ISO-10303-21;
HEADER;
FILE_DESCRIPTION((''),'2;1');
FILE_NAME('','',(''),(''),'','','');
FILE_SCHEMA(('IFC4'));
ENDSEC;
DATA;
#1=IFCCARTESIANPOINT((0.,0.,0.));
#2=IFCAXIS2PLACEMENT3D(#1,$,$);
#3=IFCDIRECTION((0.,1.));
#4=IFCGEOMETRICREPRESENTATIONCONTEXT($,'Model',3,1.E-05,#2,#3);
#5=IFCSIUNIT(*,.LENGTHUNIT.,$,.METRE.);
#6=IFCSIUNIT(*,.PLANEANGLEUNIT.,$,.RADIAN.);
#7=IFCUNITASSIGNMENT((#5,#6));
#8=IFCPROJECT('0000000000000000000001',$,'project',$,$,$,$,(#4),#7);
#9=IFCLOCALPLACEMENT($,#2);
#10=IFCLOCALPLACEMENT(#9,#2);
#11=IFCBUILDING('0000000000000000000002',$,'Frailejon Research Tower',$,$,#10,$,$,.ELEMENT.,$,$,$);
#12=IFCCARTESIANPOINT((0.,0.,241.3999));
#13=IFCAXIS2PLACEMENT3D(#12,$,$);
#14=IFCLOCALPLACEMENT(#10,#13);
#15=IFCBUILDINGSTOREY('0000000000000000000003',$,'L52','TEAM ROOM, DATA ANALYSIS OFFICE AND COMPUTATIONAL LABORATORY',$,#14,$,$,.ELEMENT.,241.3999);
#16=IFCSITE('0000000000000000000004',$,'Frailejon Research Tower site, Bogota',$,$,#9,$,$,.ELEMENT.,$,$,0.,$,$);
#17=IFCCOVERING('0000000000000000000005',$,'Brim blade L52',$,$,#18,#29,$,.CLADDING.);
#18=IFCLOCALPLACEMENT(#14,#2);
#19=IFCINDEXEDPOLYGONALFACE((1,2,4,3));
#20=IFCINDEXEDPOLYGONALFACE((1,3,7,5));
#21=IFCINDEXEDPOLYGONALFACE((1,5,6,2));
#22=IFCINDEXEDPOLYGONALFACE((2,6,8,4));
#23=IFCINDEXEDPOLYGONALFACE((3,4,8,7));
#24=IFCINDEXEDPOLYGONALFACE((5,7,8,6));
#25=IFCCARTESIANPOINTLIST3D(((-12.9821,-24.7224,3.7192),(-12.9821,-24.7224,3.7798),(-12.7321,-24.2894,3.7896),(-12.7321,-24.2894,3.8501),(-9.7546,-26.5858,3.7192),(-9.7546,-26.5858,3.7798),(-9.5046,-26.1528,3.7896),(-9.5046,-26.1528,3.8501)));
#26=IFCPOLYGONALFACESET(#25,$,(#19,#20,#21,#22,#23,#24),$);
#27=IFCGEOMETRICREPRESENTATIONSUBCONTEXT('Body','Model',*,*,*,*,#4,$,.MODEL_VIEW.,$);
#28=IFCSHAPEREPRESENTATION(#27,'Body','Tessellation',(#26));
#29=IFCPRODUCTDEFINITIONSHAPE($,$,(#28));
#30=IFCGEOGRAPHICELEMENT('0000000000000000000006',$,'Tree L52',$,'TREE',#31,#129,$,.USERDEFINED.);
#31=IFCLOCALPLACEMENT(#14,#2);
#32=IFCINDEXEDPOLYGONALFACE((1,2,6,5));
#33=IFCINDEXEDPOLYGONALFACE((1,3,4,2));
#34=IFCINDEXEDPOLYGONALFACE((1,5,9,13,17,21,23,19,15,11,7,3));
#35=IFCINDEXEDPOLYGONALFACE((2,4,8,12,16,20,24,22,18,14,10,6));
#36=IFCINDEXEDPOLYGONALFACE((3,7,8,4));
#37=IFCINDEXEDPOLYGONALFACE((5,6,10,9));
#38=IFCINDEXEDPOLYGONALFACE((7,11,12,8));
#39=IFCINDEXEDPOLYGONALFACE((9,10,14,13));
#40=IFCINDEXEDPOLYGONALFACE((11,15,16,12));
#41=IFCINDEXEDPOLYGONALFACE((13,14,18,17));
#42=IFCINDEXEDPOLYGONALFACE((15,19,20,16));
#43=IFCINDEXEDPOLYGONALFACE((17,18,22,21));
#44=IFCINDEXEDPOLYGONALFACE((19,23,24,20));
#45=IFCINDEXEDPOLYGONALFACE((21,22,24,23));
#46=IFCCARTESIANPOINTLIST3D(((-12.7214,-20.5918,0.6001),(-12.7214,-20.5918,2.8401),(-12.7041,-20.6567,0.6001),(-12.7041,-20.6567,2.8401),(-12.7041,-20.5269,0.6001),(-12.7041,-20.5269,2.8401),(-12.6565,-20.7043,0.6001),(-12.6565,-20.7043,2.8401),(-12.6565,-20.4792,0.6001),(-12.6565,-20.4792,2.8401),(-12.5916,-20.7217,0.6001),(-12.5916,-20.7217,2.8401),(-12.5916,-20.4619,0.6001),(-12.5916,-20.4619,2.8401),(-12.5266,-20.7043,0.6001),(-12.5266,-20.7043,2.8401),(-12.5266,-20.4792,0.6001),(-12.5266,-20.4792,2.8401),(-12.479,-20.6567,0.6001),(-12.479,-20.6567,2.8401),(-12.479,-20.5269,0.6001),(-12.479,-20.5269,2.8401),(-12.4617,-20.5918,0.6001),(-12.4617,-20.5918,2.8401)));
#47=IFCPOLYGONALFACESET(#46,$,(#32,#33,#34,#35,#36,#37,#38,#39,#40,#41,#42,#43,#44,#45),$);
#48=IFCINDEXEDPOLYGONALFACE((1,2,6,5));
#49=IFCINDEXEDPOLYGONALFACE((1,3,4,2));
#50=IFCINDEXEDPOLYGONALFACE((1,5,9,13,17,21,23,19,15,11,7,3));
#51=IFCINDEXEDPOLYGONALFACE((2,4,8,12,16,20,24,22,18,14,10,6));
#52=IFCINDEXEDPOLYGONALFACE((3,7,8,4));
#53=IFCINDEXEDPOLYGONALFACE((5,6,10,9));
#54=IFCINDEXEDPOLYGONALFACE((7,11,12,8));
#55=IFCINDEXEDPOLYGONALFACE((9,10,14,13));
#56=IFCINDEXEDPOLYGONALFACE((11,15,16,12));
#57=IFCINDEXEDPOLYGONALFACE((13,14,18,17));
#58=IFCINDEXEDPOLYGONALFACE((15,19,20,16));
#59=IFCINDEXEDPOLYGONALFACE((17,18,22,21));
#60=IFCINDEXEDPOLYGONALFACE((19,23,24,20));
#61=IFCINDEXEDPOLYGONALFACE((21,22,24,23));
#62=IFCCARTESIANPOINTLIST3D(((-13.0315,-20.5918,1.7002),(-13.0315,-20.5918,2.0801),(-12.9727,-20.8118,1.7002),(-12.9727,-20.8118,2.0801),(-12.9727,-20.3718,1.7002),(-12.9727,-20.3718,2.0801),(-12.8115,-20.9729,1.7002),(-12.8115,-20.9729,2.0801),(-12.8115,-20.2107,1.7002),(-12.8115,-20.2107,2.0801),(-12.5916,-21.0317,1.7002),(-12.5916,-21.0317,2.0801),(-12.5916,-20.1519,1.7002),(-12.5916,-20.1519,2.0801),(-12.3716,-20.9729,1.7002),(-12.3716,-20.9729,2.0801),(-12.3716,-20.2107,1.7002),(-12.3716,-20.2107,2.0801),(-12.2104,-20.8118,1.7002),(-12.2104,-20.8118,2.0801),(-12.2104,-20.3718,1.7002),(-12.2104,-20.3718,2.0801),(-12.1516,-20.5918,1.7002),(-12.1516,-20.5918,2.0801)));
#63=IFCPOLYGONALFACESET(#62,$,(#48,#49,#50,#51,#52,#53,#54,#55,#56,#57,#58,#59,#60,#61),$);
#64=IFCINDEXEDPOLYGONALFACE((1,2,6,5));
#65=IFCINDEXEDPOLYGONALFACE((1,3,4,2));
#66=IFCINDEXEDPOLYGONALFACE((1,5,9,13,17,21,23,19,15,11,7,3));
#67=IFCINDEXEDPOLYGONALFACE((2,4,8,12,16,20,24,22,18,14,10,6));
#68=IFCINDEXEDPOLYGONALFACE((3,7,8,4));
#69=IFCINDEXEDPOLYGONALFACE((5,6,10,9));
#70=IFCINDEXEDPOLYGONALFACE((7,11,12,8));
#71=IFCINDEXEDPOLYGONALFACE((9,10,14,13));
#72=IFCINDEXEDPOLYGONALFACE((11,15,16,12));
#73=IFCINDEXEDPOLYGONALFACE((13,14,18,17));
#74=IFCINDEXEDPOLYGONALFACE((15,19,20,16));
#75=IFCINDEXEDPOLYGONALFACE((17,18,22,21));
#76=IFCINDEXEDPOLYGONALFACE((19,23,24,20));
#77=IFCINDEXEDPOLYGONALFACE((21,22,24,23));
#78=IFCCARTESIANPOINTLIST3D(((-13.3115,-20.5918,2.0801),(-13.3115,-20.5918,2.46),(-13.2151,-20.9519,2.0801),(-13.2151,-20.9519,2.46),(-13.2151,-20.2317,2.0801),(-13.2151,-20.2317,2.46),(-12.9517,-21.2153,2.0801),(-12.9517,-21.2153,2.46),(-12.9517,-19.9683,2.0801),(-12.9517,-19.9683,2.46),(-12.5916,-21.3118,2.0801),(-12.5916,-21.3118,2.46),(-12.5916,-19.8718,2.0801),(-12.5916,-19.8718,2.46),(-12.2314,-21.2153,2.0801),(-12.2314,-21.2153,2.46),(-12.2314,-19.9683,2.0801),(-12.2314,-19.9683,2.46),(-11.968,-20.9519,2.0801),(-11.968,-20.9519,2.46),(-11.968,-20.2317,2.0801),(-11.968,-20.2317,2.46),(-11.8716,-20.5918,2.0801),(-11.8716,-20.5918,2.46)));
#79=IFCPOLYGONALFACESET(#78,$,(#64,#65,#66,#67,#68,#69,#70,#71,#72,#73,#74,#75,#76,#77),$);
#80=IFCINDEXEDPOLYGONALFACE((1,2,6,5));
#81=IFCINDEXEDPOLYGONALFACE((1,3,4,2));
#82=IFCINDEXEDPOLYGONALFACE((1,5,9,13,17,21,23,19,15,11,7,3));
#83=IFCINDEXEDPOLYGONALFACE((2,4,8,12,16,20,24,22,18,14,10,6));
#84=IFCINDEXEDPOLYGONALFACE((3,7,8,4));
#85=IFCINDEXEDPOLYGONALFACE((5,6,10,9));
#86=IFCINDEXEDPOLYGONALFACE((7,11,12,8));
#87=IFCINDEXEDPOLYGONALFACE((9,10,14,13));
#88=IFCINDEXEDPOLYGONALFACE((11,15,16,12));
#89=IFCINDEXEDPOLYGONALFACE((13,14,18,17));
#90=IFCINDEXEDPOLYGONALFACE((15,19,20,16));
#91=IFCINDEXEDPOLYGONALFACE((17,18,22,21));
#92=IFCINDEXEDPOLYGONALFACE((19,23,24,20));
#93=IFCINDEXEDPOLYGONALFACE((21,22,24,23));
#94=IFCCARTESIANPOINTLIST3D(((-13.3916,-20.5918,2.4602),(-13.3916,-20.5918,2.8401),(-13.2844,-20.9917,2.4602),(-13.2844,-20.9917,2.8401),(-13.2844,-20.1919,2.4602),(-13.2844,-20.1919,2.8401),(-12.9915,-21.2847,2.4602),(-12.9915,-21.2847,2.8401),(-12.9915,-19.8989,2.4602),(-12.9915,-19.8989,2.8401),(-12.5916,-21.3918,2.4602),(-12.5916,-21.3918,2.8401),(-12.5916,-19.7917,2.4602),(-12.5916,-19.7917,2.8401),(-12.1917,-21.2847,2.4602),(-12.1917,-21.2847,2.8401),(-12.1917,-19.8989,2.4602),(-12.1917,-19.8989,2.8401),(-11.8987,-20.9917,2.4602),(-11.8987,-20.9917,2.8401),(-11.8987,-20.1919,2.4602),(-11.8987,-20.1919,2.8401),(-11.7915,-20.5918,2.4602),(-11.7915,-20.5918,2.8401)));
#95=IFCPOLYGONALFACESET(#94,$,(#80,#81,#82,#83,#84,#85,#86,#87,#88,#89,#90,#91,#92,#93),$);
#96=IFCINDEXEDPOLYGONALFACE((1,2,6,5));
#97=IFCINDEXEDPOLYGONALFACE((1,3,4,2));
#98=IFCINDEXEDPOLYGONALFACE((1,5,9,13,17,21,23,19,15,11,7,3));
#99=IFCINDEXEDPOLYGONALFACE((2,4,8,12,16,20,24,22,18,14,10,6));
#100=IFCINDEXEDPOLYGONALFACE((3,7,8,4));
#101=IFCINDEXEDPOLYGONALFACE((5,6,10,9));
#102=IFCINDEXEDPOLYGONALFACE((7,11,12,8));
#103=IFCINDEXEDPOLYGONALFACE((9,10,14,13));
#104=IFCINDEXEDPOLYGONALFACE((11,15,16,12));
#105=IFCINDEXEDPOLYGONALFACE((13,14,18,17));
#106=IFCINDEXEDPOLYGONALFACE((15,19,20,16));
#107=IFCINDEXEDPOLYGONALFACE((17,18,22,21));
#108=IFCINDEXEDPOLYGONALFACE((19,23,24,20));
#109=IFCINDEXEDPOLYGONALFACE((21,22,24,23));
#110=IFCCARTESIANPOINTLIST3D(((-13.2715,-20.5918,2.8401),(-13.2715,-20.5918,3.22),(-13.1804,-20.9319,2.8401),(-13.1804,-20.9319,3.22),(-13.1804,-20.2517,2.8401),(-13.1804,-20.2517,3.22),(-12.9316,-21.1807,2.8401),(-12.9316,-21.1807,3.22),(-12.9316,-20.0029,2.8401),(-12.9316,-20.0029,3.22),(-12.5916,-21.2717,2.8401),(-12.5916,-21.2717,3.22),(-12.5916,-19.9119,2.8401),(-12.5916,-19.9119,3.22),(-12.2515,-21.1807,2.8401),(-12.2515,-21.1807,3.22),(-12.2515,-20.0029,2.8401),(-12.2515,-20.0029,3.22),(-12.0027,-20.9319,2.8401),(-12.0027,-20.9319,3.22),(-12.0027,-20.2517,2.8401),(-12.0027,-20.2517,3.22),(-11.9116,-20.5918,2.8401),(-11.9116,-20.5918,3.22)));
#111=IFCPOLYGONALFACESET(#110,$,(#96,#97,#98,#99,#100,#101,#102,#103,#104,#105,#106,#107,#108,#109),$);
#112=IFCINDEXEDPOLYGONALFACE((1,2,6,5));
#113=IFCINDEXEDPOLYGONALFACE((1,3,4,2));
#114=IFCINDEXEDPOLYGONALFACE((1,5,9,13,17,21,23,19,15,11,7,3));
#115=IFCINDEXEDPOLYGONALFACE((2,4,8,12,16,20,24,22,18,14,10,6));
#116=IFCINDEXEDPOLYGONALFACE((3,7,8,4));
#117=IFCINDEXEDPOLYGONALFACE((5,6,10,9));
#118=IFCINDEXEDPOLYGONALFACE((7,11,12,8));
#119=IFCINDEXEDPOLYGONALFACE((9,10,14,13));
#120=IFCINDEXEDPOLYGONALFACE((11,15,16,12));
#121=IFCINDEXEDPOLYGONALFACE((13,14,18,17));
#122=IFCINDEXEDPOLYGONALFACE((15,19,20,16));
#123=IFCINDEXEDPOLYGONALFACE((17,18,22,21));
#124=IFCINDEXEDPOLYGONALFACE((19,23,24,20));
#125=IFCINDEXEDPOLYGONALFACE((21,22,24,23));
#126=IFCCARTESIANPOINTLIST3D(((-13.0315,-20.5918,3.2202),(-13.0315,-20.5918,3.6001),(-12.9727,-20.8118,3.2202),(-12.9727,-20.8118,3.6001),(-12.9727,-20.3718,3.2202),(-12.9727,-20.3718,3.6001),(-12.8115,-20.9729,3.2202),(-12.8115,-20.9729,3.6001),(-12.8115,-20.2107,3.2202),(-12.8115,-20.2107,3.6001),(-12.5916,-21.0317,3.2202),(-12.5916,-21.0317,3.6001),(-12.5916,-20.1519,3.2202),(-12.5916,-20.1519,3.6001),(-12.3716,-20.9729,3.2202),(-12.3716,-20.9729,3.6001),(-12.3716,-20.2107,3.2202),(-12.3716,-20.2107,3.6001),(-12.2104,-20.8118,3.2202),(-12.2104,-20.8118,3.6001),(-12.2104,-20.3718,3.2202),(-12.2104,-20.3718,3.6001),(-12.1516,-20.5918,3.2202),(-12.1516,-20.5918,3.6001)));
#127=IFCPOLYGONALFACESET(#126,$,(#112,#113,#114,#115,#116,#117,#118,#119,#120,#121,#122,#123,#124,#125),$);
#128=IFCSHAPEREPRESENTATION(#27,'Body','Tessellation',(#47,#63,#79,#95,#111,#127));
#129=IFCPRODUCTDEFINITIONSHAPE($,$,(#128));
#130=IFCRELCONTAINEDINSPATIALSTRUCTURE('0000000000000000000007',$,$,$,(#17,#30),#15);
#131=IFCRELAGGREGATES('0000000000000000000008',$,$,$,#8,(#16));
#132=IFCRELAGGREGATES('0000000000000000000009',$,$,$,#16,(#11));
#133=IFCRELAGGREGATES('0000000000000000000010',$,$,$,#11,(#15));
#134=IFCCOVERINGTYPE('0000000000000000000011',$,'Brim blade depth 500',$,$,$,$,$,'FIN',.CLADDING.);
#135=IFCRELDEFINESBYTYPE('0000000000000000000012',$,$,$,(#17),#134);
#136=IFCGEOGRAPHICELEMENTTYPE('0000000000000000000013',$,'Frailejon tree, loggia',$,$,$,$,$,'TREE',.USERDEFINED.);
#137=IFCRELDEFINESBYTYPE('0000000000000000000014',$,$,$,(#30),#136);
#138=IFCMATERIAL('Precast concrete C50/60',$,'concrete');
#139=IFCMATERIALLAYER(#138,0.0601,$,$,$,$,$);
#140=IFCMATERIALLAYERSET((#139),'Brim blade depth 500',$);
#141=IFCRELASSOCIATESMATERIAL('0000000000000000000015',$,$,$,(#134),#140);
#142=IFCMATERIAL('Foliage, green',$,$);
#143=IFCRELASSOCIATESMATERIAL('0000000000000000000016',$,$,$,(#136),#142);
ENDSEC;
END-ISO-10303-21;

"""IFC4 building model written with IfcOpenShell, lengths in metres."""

from ifc_helpers import new_model, si_unit, direction, frame, origin, place, context, subcontext, project, spatial, polyline, outline, extrude, material, layer, layer_set, type_object, element, save


model = new_model("IFC4")

# Units and contexts
model_context = context("Model", 3, precision=1e-05, world=origin(), true_north=direction((0.0, 1.0)))
body_context = subcontext(model_context, "Body", "Model", "MODEL_VIEW")
ifc_project = project(units=[si_unit("LENGTHUNIT", "METRE"), si_unit("PLANEANGLEUNIT", "RADIAN")], contexts=[model_context])

# Site, building, storey
site_placement = place(None, origin())
site = spatial("IfcSite", under=ifc_project, at=site_placement, Name="Frailejon Research Tower site, Bogota", CompositionType="ELEMENT", RefElevation=0.0)
building_placement = place(site_placement, origin())
building = spatial("IfcBuilding", under=site, at=building_placement, Name="Frailejon Research Tower", CompositionType="ELEMENT")
storey_placement = place(building_placement, frame((0.0, 0.0, 241.3999)))
storey = spatial("IfcBuildingStorey", under=building, at=storey_placement, Name="L52", Description="TEAM ROOM, DATA ANALYSIS OFFICE AND COMPUTATIONAL LABORATORY", CompositionType="ELEMENT", Elevation=241.3999)

# Covering
ifc_material_1 = material(Name="Precast concrete C50/60", Category="concrete")
ifc_layer_1 = layer(ifc_material_1, 0.0601)
ifc_layer_set_1 = layer_set([ifc_layer_1], Name="Brim blade depth 500")
covering_type_1 = type_object("IfcCoveringType", Name="Brim blade depth 500", ElementType="FIN", PredefinedType="CLADDING", material=ifc_layer_set_1)
covering_placement = place(storey_placement, frame((-9.5046, -26.1528, 3.8501), z_axis=(-0.866018, 0.500012, 0.0), x_axis=(-0.500012, -0.866018, 0.0)))
element("IfcCovering", 1, at=covering_placement, inside=storey, type_object=covering_type_1, Name="Brim blade L52", PredefinedType="CLADDING", context=body_context, shape_type="SweptSolid", body=[
    extrude(outline(polyline([(0.0, -0.0605), (0.5, -0.1309), (0.5, -0.0703), (0.0, 0.0), (0.0, -0.0605)])), origin(), (0.0, 0.0, 1.0), 3.7268),
])

# Geographic element
ifc_material_2 = material(Name="Foliage, green")
geographic_element_type = type_object("IfcGeographicElementType", Name="Frailejon tree, loggia", ElementType="TREE", PredefinedType="USERDEFINED", material=ifc_material_2)
geographic_element_placement = place(storey_placement, frame((-12.5916, -20.5918, 0.6001)))
element("IfcGeographicElement", 2, at=geographic_element_placement, inside=storey, type_object=geographic_element_type, Name="Tree L52", ObjectType="TREE", PredefinedType="USERDEFINED", context=body_context, shape_type="SweptSolid", body=[
    extrude(outline(polyline([(0.1299, 0.0), (0.1125, 0.0649), (0.0649, 0.1125), (0.0, 0.1299), (-0.0649, 0.1125), (-0.1125, 0.0649), (-0.1299, 0.0), (-0.1125, -0.0649), (-0.0649, -0.1125), (0.0, -0.1299), (0.0649, -0.1125), (0.1125, -0.0649), (0.1299, 0.0)])), origin(), (0.0, 0.0, 1.0), 2.24),
    extrude(outline(polyline([(0.4399, 0.0), (0.3811, 0.22), (0.22, 0.3811), (0.0, 0.4399), (-0.22, 0.3811), (-0.3811, 0.22), (-0.4399, 0.0), (-0.3811, -0.22), (-0.22, -0.3811), (0.0, -0.4399), (0.22, -0.3811), (0.3811, -0.22), (0.4399, 0.0)])), frame((0.0, 0.0, 1.1001)), (0.0, 0.0, 1.0), 0.3799),
    extrude(outline(polyline([(0.72, 0.0), (0.6235, 0.3601), (0.3601, 0.6235), (0.0, 0.72), (-0.3601, 0.6235), (-0.6235, 0.3601), (-0.72, 0.0), (-0.6235, -0.3601), (-0.3601, -0.6235), (0.0, -0.72), (0.3601, -0.6235), (0.6235, -0.3601), (0.72, 0.0)])), frame((0.0, 0.0, 1.48)), (0.0, 0.0, 1.0), 0.3799),
    extrude(outline(polyline([(0.8, 0.0), (0.6929, 0.3999), (0.3999, 0.6929), (0.0, 0.8), (-0.3999, 0.6929), (-0.6929, 0.3999), (-0.8, 0.0), (-0.6929, -0.3999), (-0.3999, -0.6929), (0.0, -0.8), (0.3999, -0.6929), (0.6929, -0.3999), (0.8, 0.0)])), frame((0.0, 0.0, 1.8601)), (0.0, 0.0, 1.0), 0.3799),
    extrude(outline(polyline([(0.6799, 0.0), (0.5889, 0.3401), (0.3401, 0.5889), (0.0, 0.6799), (-0.3401, 0.5889), (-0.5889, 0.3401), (-0.6799, 0.0), (-0.5889, -0.3401), (-0.3401, -0.5889), (0.0, -0.6799), (0.3401, -0.5889), (0.5889, -0.3401), (0.6799, 0.0)])), frame((0.0, 0.0, 2.24)), (0.0, 0.0, 1.0), 0.3799),
    extrude(outline(polyline([(0.4399, 0.0), (0.3811, 0.22), (0.22, 0.3811), (0.0, 0.4399), (-0.22, 0.3811), (-0.3811, 0.22), (-0.4399, 0.0), (-0.3811, -0.22), (-0.22, -0.3811), (0.0, -0.4399), (0.22, -0.3811), (0.3811, -0.22), (0.4399, 0.0)])), frame((0.0, 0.0, 2.6201)), (0.0, 0.0, 1.0), 0.3799),
])

save(model, "model.ifc")
